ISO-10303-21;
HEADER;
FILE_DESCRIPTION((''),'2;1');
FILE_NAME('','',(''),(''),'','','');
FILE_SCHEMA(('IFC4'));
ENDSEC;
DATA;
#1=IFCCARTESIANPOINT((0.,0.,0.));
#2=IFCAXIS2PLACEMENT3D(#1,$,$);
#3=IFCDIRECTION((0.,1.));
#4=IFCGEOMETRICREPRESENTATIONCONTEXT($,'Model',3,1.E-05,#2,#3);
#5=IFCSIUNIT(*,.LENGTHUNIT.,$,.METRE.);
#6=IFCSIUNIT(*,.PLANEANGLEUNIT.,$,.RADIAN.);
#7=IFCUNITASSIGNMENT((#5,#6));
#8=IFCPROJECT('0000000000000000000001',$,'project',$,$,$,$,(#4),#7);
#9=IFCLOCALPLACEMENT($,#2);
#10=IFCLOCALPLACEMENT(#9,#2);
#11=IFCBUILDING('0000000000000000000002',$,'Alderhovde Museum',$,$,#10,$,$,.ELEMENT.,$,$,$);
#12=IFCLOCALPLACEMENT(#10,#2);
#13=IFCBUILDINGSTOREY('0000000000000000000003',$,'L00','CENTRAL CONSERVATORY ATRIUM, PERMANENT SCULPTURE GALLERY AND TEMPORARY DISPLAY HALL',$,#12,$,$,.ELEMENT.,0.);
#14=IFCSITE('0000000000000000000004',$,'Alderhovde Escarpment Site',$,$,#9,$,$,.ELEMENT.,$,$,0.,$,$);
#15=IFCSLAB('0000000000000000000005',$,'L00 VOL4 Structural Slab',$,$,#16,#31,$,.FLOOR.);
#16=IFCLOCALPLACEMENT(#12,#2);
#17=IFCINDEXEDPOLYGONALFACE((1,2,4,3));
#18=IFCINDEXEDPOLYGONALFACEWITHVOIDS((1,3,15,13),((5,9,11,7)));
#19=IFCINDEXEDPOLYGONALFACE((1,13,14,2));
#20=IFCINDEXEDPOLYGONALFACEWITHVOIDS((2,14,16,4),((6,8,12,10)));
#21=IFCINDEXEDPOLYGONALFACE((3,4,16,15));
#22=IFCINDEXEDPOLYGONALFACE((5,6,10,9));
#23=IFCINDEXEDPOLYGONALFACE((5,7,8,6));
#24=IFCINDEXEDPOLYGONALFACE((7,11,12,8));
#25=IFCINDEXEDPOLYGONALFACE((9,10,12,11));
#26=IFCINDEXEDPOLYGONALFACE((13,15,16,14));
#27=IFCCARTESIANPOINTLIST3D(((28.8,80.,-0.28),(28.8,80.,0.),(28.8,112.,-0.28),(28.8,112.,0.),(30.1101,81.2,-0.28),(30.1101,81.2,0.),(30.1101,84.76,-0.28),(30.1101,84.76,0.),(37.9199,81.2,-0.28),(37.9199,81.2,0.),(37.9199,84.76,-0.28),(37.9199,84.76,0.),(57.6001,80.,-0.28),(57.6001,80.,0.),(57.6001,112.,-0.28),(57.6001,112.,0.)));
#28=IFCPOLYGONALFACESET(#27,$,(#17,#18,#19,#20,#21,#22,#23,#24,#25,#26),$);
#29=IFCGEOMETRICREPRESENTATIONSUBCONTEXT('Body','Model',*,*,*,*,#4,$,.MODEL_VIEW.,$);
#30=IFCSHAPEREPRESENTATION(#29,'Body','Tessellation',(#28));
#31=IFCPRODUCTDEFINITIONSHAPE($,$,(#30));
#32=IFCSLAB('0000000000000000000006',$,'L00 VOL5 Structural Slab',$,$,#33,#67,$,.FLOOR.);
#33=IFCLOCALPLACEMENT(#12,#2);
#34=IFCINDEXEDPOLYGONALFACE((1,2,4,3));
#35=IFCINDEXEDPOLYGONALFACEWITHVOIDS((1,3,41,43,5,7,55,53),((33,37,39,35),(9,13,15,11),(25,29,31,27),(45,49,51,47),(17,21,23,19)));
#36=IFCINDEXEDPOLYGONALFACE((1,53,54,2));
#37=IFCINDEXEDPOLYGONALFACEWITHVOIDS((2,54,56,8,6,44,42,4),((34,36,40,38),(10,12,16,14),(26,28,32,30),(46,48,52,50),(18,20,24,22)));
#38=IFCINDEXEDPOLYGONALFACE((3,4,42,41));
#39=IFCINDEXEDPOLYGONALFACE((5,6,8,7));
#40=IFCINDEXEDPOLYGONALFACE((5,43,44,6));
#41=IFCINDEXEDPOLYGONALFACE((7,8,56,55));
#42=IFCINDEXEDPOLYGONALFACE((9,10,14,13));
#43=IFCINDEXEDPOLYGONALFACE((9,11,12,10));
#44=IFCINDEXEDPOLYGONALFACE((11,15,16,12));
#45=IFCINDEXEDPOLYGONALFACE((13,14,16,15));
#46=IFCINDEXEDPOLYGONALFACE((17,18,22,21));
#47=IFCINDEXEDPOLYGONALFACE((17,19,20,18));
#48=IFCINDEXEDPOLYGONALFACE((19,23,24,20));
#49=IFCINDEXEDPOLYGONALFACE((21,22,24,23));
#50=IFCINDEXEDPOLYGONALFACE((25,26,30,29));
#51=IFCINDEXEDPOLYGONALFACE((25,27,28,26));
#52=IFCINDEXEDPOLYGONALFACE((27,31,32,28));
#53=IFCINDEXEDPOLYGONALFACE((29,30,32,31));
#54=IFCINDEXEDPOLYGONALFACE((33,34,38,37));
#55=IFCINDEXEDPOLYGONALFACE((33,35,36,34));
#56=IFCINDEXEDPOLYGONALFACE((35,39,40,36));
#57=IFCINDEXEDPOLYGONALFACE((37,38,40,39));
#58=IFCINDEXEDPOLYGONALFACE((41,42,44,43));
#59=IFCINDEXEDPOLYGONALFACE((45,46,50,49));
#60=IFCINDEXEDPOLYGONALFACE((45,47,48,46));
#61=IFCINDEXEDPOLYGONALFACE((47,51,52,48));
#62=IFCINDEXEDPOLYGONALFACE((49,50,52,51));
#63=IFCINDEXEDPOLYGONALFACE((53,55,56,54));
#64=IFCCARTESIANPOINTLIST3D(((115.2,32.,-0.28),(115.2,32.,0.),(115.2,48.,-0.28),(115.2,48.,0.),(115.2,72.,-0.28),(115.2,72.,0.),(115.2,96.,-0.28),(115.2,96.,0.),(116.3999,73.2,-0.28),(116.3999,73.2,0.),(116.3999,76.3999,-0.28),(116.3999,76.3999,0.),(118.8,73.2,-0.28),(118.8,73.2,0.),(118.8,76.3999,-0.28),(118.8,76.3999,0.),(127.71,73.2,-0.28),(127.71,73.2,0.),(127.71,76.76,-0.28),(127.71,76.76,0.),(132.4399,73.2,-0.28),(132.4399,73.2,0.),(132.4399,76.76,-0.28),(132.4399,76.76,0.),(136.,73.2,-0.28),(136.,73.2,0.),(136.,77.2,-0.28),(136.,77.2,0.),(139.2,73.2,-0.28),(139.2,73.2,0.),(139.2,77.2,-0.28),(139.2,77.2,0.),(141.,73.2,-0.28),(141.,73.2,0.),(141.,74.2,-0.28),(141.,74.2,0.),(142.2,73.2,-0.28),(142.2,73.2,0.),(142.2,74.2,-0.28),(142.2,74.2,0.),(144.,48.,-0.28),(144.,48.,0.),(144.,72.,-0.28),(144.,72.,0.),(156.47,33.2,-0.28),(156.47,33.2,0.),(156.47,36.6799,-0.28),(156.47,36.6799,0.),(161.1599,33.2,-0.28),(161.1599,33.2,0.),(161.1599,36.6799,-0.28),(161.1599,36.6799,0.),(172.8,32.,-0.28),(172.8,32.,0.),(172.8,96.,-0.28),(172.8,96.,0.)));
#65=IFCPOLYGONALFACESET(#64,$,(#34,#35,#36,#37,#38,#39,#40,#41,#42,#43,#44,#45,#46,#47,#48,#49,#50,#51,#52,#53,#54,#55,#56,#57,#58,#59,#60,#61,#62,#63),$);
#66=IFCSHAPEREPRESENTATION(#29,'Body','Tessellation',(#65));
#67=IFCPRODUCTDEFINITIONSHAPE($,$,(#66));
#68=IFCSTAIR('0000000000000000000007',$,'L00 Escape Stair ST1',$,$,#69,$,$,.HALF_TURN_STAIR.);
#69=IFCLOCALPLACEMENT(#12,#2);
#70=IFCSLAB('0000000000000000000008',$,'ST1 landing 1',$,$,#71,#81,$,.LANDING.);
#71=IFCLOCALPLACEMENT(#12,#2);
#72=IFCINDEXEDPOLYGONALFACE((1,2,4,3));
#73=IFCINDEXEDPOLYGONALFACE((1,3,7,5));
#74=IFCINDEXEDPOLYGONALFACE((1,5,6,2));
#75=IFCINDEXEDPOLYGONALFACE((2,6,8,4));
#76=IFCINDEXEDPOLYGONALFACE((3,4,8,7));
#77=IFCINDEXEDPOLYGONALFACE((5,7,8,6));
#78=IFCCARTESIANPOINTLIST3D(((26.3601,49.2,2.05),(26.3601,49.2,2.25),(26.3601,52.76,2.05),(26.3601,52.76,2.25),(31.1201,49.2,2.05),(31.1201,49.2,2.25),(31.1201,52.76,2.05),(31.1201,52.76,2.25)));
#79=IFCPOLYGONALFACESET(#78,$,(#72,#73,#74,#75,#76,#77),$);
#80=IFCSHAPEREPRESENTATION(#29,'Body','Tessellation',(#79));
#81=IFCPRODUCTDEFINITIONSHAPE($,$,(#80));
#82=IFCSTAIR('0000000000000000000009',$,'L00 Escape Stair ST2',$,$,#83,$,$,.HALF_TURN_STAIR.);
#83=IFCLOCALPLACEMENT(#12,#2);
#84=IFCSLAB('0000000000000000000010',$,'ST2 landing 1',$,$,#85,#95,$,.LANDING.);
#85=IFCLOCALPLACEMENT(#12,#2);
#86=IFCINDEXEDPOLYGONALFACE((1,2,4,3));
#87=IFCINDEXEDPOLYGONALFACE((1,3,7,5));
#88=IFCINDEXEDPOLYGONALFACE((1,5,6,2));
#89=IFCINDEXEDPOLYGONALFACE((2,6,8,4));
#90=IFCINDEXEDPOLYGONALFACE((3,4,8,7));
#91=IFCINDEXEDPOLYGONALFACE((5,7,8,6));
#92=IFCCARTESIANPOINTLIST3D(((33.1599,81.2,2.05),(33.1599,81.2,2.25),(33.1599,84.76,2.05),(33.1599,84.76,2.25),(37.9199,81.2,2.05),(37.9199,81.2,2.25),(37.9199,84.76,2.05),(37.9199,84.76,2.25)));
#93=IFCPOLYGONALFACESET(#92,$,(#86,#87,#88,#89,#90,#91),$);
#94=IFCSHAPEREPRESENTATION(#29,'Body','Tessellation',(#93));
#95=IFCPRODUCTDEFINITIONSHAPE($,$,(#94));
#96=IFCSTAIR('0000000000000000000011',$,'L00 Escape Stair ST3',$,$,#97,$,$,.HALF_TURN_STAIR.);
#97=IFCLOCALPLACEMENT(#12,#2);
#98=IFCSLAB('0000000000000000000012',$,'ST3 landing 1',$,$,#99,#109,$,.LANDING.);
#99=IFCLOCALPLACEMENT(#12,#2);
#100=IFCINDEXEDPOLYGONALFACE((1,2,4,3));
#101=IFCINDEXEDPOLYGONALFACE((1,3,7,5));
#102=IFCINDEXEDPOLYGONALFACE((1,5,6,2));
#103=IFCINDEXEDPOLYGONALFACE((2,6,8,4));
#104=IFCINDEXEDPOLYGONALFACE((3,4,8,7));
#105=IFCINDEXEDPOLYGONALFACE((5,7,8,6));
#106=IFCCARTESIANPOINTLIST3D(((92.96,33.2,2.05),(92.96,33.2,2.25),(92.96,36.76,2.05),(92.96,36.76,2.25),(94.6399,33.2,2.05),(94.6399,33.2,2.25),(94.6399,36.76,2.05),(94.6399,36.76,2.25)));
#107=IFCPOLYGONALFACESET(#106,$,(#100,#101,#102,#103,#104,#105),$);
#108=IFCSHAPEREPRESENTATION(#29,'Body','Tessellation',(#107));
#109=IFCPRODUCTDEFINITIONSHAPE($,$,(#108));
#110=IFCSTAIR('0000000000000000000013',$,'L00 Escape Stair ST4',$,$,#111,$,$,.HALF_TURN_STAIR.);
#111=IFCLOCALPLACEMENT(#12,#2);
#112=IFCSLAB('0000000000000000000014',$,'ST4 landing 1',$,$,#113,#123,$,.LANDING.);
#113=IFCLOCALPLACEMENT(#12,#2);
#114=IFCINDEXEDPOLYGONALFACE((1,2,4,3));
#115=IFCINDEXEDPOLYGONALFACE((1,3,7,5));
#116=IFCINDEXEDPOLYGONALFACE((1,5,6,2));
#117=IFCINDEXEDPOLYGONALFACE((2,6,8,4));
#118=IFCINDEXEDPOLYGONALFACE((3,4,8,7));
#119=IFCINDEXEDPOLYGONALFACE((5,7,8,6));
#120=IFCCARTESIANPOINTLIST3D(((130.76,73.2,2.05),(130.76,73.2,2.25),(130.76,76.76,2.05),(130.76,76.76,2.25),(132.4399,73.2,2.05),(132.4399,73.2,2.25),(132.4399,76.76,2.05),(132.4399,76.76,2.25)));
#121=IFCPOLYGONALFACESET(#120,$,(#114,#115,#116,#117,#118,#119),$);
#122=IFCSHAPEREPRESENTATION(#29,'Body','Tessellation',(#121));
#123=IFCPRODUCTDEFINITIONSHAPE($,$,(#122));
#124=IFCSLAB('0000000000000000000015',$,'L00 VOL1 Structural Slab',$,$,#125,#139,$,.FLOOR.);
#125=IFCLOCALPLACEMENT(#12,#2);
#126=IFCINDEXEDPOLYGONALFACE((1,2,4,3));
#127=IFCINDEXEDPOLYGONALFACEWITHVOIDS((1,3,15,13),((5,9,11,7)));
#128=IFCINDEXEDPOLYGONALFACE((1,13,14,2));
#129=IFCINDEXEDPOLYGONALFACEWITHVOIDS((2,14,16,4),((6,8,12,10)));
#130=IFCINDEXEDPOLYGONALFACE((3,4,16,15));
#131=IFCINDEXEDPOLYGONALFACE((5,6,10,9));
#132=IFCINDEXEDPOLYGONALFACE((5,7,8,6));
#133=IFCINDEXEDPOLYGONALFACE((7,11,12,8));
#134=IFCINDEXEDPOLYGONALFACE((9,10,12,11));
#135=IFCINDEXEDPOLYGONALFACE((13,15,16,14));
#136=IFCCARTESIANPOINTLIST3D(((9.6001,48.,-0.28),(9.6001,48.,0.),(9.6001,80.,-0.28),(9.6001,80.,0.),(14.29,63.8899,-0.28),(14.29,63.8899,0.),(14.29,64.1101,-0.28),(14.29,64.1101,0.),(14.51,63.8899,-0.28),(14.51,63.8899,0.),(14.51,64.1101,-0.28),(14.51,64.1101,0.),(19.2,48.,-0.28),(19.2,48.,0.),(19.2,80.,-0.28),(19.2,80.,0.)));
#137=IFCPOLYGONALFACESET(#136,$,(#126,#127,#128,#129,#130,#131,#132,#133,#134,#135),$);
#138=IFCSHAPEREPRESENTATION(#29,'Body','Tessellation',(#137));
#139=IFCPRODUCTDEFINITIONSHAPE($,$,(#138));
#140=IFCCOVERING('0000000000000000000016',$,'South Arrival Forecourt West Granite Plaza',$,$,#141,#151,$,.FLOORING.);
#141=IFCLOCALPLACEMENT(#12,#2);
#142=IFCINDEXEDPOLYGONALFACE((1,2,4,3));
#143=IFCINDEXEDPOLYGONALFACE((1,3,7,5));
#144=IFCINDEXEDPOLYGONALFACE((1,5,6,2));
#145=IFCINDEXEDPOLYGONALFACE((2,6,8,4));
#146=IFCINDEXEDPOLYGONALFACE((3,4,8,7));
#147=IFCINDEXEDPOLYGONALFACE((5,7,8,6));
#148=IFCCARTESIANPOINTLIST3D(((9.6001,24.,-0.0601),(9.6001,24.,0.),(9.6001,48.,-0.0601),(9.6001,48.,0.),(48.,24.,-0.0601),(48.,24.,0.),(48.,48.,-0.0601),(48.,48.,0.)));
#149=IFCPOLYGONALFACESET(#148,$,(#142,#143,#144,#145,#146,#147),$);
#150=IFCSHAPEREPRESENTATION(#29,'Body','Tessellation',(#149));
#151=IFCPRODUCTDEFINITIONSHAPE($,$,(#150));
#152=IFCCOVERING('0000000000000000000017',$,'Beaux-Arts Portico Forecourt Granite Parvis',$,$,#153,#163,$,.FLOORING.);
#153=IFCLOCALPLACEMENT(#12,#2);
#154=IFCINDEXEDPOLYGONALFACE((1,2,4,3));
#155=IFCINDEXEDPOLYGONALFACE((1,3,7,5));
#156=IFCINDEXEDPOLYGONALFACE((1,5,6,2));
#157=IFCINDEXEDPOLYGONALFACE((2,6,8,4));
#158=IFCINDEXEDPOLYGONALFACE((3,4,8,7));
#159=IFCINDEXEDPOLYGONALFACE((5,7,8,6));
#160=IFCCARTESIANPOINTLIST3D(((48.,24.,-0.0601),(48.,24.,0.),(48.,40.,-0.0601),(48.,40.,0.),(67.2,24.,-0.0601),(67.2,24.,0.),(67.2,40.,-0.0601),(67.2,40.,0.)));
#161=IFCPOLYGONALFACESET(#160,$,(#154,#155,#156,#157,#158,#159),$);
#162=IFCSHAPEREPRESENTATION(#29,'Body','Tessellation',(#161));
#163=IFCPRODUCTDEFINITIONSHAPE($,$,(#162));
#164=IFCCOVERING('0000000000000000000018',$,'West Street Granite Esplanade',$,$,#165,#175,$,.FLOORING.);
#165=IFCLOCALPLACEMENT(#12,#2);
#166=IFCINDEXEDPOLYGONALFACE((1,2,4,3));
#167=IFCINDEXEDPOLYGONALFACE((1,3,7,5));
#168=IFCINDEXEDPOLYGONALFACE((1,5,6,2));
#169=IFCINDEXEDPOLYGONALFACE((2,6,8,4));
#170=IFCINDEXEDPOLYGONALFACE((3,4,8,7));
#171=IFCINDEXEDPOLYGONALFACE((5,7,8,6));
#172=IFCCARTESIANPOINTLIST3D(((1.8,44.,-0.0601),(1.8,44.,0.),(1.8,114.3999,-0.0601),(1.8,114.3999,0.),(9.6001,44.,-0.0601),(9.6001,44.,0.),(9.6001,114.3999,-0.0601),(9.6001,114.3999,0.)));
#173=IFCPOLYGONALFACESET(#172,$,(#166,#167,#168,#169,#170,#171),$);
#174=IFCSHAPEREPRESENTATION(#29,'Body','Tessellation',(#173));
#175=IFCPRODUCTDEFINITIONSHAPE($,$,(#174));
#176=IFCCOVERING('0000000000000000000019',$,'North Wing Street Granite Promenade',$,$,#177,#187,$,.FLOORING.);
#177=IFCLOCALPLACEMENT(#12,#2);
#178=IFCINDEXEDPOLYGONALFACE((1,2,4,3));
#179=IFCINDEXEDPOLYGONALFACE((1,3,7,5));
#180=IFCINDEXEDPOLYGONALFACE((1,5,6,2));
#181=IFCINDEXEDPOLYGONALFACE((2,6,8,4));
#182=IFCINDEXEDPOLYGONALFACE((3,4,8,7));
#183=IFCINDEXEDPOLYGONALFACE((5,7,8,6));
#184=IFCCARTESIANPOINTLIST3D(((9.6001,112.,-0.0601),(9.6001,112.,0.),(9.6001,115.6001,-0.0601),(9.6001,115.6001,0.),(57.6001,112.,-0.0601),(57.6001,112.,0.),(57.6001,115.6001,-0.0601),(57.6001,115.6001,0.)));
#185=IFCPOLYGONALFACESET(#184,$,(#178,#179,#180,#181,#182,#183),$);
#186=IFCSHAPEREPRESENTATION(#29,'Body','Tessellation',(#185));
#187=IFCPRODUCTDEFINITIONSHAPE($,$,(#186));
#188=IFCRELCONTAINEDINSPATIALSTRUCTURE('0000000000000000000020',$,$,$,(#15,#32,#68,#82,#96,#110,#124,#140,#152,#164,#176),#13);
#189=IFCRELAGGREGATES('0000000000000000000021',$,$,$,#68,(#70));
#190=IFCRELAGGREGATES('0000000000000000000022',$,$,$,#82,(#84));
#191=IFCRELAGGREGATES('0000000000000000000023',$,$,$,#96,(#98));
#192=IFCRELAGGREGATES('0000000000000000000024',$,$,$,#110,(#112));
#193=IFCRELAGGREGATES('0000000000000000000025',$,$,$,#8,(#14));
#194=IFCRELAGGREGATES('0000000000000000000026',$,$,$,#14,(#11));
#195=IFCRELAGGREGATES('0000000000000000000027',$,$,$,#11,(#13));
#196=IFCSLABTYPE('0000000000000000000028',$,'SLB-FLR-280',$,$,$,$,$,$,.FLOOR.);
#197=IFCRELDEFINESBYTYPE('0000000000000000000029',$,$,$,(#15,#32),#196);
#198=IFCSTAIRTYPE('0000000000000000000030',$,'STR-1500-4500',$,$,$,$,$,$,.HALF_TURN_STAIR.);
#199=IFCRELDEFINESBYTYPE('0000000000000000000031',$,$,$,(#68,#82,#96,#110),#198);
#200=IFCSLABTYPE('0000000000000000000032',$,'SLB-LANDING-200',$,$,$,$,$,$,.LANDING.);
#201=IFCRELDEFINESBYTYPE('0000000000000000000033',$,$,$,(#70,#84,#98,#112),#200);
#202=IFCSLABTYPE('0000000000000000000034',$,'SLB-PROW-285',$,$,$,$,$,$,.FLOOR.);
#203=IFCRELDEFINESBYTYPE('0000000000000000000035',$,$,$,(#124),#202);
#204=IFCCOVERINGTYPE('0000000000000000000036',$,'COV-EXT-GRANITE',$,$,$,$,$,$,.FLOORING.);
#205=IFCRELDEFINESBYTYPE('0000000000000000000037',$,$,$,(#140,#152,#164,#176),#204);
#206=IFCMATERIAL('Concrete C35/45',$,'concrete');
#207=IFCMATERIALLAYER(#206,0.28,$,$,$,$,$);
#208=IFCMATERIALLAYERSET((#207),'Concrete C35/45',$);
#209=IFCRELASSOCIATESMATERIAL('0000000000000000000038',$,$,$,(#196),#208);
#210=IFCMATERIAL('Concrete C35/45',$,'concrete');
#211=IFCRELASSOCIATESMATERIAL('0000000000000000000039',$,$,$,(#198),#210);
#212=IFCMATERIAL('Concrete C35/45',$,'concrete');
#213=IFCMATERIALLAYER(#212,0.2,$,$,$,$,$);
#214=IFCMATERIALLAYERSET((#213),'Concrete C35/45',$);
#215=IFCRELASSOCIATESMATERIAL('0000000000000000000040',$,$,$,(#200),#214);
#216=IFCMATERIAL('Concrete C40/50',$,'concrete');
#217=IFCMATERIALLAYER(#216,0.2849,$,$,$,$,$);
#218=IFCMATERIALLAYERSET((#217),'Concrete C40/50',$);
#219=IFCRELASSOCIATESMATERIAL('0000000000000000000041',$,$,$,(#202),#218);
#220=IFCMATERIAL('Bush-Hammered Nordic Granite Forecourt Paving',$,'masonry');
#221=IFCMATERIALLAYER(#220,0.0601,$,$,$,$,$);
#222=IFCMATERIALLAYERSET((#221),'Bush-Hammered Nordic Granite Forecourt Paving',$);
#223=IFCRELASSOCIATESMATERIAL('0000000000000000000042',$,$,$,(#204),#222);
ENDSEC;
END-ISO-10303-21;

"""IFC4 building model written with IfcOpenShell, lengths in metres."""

from ifc_helpers import new_model, si_unit, direction, frame, origin, place, context, subcontext, project, spatial, polyline, outline, extrude, material, layer, layer_set, type_object, element, aggregate, save


model = new_model("IFC4")

# Units and contexts
model_context = context("Model", 3, precision=1e-05, world=origin(), true_north=direction((0.0, 1.0)))
body_context = subcontext(model_context, "Body", "Model", "MODEL_VIEW")
ifc_project = project(units=[si_unit("LENGTHUNIT", "METRE"), si_unit("PLANEANGLEUNIT", "RADIAN")], contexts=[model_context])

# Site, building, storey
site_placement = place(None, origin())
site = spatial("IfcSite", under=ifc_project, at=site_placement, Name="Alderhovde Escarpment Site", CompositionType="ELEMENT", RefElevation=0.0)
building_placement = place(site_placement, origin())
building = spatial("IfcBuilding", under=site, at=building_placement, Name="Alderhovde Museum", CompositionType="ELEMENT")
storey_placement = place(building_placement, origin())
storey = spatial("IfcBuildingStorey", under=building, at=storey_placement, Name="L00", Description="CENTRAL CONSERVATORY ATRIUM, PERMANENT SCULPTURE GALLERY AND TEMPORARY DISPLAY HALL", CompositionType="ELEMENT", Elevation=0.0)

# Slabs
ifc_material_1 = material(Name="Concrete C35/45", Category="concrete")
ifc_layer_1 = layer(ifc_material_1, 0.28)
ifc_layer_set_1 = layer_set([ifc_layer_1], Name="Concrete C35/45")
slab_type_1 = type_object("IfcSlabType", Name="SLB-FLR-280", PredefinedType="FLOOR", material=ifc_layer_set_1)
slab_1_placement = place(storey_placement, frame((0.0, 0.0, -0.28)))
element("IfcSlab", 1, at=slab_1_placement, inside=storey, type_object=slab_type_1, Name="L00 VOL4 Structural Slab", PredefinedType="FLOOR", context=body_context, shape_type="SweptSolid", body=[
    extrude(outline(polyline([(28.8, 80.0), (57.6001, 80.0), (57.6001, 112.0), (28.8, 112.0), (28.8, 80.0)]), holes=[polyline([(30.1101, 81.2), (37.9199, 81.2), (37.9199, 84.76), (30.1101, 84.76), (30.1101, 81.2)])]), origin(), (0.0, 0.0, 1.0), 0.28),
])
slab_2_placement = place(storey_placement, frame((0.0, 0.0, -0.28)))
element("IfcSlab", 2, at=slab_2_placement, inside=storey, type_object=slab_type_1, Name="L00 VOL5 Structural Slab", PredefinedType="FLOOR", context=body_context, shape_type="SweptSolid", body=[
    extrude(outline(polyline([(115.2, 32.0), (172.8, 32.0), (172.8, 96.0), (115.2, 96.0), (115.2, 72.0), (144.0, 72.0), (144.0, 48.0), (115.2, 48.0), (115.2, 32.0)]), holes=[polyline([(127.71, 73.2), (132.4399, 73.2), (132.4399, 76.76), (127.71, 76.76), (127.71, 73.2)]), polyline([(156.47, 33.2), (161.1599, 33.2), (161.1599, 36.6799), (156.47, 36.6799), (156.47, 33.2)]), polyline([(116.3999, 73.2), (118.8, 73.2), (118.8, 76.3999), (116.3999, 76.3999), (116.3999, 73.2)]), polyline([(136.0, 73.2), (139.2, 73.2), (139.2, 77.2), (136.0, 77.2), (136.0, 73.2)]), polyline([(141.0, 73.2), (142.2, 73.2), (142.2, 74.2), (141.0, 74.2), (141.0, 73.2)])]), origin(), (0.0, 0.0, 1.0), 0.28),
])

# Stairs, slabs
ifc_material_2 = material(Name="Concrete C35/45", Category="concrete")
stair_type = type_object("IfcStairType", Name="STR-1500-4500", PredefinedType="HALF_TURN_STAIR", material=ifc_material_2)
stair_1_placement = place(storey_placement, origin())
stair_1 = element("IfcStair", 3, at=stair_1_placement, inside=storey, type_object=stair_type, Name="L00 Escape Stair ST1", PredefinedType="HALF_TURN_STAIR")
ifc_material_3 = material(Name="Concrete C35/45", Category="concrete")
ifc_layer_2 = layer(ifc_material_3, 0.2)
ifc_layer_set_2 = layer_set([ifc_layer_2], Name="Concrete C35/45")
slab_type_2 = type_object("IfcSlabType", Name="SLB-LANDING-200", PredefinedType="LANDING", material=ifc_layer_set_2)
slab_3_placement = place(storey_placement, frame((0.0, 0.0, 2.05)))
slab_3 = element("IfcSlab", 4, at=slab_3_placement, type_object=slab_type_2, Name="ST1 landing 1", PredefinedType="LANDING", context=body_context, shape_type="SweptSolid", body=[
    extrude(outline(polyline([(26.3601, 49.2), (31.1201, 49.2), (31.1201, 52.76), (26.3601, 52.76), (26.3601, 49.2)])), origin(), (0.0, 0.0, 1.0), 0.2),
])
aggregate(stair_1, [slab_3])
stair_2_placement = place(storey_placement, origin())
stair_2 = element("IfcStair", 5, at=stair_2_placement, inside=storey, type_object=stair_type, Name="L00 Escape Stair ST2", PredefinedType="HALF_TURN_STAIR")
slab_4_placement = place(storey_placement, frame((0.0, 0.0, 2.05)))
slab_4 = element("IfcSlab", 6, at=slab_4_placement, type_object=slab_type_2, Name="ST2 landing 1", PredefinedType="LANDING", context=body_context, shape_type="SweptSolid", body=[
    extrude(outline(polyline([(33.1599, 81.2), (37.9199, 81.2), (37.9199, 84.76), (33.1599, 84.76), (33.1599, 81.2)])), origin(), (0.0, 0.0, 1.0), 0.2),
])
aggregate(stair_2, [slab_4])
stair_3_placement = place(storey_placement, origin())
stair_3 = element("IfcStair", 7, at=stair_3_placement, inside=storey, type_object=stair_type, Name="L00 Escape Stair ST3", PredefinedType="HALF_TURN_STAIR")
slab_5_placement = place(storey_placement, frame((0.0, 0.0, 2.05)))
slab_5 = element("IfcSlab", 8, at=slab_5_placement, type_object=slab_type_2, Name="ST3 landing 1", PredefinedType="LANDING", context=body_context, shape_type="SweptSolid", body=[
    extrude(outline(polyline([(92.96, 33.2), (94.6399, 33.2), (94.6399, 36.76), (92.96, 36.76), (92.96, 33.2)])), origin(), (0.0, 0.0, 1.0), 0.2),
])
aggregate(stair_3, [slab_5])
stair_4_placement = place(storey_placement, origin())
stair_4 = element("IfcStair", 9, at=stair_4_placement, inside=storey, type_object=stair_type, Name="L00 Escape Stair ST4", PredefinedType="HALF_TURN_STAIR")
slab_6_placement = place(storey_placement, frame((0.0, 0.0, 2.05)))
slab_6 = element("IfcSlab", 10, at=slab_6_placement, type_object=slab_type_2, Name="ST4 landing 1", PredefinedType="LANDING", context=body_context, shape_type="SweptSolid", body=[
    extrude(outline(polyline([(130.76, 73.2), (132.4399, 73.2), (132.4399, 76.76), (130.76, 76.76), (130.76, 73.2)])), origin(), (0.0, 0.0, 1.0), 0.2),
])
aggregate(stair_4, [slab_6])

# Slab
ifc_material_4 = material(Name="Concrete C40/50", Category="concrete")
ifc_layer_3 = layer(ifc_material_4, 0.2849)
ifc_layer_set_3 = layer_set([ifc_layer_3], Name="Concrete C40/50")
slab_type_3 = type_object("IfcSlabType", Name="SLB-PROW-285", PredefinedType="FLOOR", material=ifc_layer_set_3)
slab_7_placement = place(storey_placement, frame((0.0, 0.0, -0.28)))
element("IfcSlab", 11, at=slab_7_placement, inside=storey, type_object=slab_type_3, Name="L00 VOL1 Structural Slab", PredefinedType="FLOOR", context=body_context, shape_type="SweptSolid", body=[
    extrude(outline(polyline([(9.6001, 48.0), (19.2, 48.0), (19.2, 80.0), (9.6001, 80.0), (9.6001, 48.0)]), holes=[polyline([(14.29, 63.8899), (14.51, 63.8899), (14.51, 64.1101), (14.29, 64.1101), (14.29, 63.8899)])]), origin(), (0.0, 0.0, 1.0), 0.28),
])

# Coverings
ifc_material_5 = material(Name="Bush-Hammered Nordic Granite Forecourt Paving", Category="masonry")
ifc_layer_4 = layer(ifc_material_5, 0.0601)
ifc_layer_set_4 = layer_set([ifc_layer_4], Name="Bush-Hammered Nordic Granite Forecourt Paving")
covering_type = type_object("IfcCoveringType", Name="COV-EXT-GRANITE", PredefinedType="FLOORING", material=ifc_layer_set_4)
covering_1_placement = place(storey_placement, frame((0.0, 0.0, -0.0601)))
element("IfcCovering", 12, at=covering_1_placement, inside=storey, type_object=covering_type, Name="South Arrival Forecourt West Granite Plaza", PredefinedType="FLOORING", context=body_context, shape_type="SweptSolid", body=[
    extrude(outline(polyline([(9.6001, 24.0), (48.0, 24.0), (48.0, 48.0), (9.6001, 48.0), (9.6001, 24.0)])), origin(), (0.0, 0.0, 1.0), 0.0601),
])
covering_2_placement = place(storey_placement, frame((0.0, 0.0, -0.0601)))
element("IfcCovering", 13, at=covering_2_placement, inside=storey, type_object=covering_type, Name="Beaux-Arts Portico Forecourt Granite Parvis", PredefinedType="FLOORING", context=body_context, shape_type="SweptSolid", body=[
    extrude(outline(polyline([(48.0, 24.0), (67.2, 24.0), (67.2, 40.0), (48.0, 40.0), (48.0, 24.0)])), origin(), (0.0, 0.0, 1.0), 0.0601),
])
covering_3_placement = place(storey_placement, frame((0.0, 0.0, -0.0601)))
element("IfcCovering", 14, at=covering_3_placement, inside=storey, type_object=covering_type, Name="West Street Granite Esplanade", PredefinedType="FLOORING", context=body_context, shape_type="SweptSolid", body=[
    extrude(outline(polyline([(1.8, 44.0), (9.6001, 44.0), (9.6001, 114.3999), (1.8, 114.3999), (1.8, 44.0)])), origin(), (0.0, 0.0, 1.0), 0.0601),
])
covering_4_placement = place(storey_placement, frame((0.0, 0.0, -0.0601)))
element("IfcCovering", 15, at=covering_4_placement, inside=storey, type_object=covering_type, Name="North Wing Street Granite Promenade", PredefinedType="FLOORING", context=body_context, shape_type="SweptSolid", body=[
    extrude(outline(polyline([(9.6001, 112.0), (57.6001, 112.0), (57.6001, 115.6001), (9.6001, 115.6001), (9.6001, 112.0)])), origin(), (0.0, 0.0, 1.0), 0.0601),
])

save(model, "model.ifc")
